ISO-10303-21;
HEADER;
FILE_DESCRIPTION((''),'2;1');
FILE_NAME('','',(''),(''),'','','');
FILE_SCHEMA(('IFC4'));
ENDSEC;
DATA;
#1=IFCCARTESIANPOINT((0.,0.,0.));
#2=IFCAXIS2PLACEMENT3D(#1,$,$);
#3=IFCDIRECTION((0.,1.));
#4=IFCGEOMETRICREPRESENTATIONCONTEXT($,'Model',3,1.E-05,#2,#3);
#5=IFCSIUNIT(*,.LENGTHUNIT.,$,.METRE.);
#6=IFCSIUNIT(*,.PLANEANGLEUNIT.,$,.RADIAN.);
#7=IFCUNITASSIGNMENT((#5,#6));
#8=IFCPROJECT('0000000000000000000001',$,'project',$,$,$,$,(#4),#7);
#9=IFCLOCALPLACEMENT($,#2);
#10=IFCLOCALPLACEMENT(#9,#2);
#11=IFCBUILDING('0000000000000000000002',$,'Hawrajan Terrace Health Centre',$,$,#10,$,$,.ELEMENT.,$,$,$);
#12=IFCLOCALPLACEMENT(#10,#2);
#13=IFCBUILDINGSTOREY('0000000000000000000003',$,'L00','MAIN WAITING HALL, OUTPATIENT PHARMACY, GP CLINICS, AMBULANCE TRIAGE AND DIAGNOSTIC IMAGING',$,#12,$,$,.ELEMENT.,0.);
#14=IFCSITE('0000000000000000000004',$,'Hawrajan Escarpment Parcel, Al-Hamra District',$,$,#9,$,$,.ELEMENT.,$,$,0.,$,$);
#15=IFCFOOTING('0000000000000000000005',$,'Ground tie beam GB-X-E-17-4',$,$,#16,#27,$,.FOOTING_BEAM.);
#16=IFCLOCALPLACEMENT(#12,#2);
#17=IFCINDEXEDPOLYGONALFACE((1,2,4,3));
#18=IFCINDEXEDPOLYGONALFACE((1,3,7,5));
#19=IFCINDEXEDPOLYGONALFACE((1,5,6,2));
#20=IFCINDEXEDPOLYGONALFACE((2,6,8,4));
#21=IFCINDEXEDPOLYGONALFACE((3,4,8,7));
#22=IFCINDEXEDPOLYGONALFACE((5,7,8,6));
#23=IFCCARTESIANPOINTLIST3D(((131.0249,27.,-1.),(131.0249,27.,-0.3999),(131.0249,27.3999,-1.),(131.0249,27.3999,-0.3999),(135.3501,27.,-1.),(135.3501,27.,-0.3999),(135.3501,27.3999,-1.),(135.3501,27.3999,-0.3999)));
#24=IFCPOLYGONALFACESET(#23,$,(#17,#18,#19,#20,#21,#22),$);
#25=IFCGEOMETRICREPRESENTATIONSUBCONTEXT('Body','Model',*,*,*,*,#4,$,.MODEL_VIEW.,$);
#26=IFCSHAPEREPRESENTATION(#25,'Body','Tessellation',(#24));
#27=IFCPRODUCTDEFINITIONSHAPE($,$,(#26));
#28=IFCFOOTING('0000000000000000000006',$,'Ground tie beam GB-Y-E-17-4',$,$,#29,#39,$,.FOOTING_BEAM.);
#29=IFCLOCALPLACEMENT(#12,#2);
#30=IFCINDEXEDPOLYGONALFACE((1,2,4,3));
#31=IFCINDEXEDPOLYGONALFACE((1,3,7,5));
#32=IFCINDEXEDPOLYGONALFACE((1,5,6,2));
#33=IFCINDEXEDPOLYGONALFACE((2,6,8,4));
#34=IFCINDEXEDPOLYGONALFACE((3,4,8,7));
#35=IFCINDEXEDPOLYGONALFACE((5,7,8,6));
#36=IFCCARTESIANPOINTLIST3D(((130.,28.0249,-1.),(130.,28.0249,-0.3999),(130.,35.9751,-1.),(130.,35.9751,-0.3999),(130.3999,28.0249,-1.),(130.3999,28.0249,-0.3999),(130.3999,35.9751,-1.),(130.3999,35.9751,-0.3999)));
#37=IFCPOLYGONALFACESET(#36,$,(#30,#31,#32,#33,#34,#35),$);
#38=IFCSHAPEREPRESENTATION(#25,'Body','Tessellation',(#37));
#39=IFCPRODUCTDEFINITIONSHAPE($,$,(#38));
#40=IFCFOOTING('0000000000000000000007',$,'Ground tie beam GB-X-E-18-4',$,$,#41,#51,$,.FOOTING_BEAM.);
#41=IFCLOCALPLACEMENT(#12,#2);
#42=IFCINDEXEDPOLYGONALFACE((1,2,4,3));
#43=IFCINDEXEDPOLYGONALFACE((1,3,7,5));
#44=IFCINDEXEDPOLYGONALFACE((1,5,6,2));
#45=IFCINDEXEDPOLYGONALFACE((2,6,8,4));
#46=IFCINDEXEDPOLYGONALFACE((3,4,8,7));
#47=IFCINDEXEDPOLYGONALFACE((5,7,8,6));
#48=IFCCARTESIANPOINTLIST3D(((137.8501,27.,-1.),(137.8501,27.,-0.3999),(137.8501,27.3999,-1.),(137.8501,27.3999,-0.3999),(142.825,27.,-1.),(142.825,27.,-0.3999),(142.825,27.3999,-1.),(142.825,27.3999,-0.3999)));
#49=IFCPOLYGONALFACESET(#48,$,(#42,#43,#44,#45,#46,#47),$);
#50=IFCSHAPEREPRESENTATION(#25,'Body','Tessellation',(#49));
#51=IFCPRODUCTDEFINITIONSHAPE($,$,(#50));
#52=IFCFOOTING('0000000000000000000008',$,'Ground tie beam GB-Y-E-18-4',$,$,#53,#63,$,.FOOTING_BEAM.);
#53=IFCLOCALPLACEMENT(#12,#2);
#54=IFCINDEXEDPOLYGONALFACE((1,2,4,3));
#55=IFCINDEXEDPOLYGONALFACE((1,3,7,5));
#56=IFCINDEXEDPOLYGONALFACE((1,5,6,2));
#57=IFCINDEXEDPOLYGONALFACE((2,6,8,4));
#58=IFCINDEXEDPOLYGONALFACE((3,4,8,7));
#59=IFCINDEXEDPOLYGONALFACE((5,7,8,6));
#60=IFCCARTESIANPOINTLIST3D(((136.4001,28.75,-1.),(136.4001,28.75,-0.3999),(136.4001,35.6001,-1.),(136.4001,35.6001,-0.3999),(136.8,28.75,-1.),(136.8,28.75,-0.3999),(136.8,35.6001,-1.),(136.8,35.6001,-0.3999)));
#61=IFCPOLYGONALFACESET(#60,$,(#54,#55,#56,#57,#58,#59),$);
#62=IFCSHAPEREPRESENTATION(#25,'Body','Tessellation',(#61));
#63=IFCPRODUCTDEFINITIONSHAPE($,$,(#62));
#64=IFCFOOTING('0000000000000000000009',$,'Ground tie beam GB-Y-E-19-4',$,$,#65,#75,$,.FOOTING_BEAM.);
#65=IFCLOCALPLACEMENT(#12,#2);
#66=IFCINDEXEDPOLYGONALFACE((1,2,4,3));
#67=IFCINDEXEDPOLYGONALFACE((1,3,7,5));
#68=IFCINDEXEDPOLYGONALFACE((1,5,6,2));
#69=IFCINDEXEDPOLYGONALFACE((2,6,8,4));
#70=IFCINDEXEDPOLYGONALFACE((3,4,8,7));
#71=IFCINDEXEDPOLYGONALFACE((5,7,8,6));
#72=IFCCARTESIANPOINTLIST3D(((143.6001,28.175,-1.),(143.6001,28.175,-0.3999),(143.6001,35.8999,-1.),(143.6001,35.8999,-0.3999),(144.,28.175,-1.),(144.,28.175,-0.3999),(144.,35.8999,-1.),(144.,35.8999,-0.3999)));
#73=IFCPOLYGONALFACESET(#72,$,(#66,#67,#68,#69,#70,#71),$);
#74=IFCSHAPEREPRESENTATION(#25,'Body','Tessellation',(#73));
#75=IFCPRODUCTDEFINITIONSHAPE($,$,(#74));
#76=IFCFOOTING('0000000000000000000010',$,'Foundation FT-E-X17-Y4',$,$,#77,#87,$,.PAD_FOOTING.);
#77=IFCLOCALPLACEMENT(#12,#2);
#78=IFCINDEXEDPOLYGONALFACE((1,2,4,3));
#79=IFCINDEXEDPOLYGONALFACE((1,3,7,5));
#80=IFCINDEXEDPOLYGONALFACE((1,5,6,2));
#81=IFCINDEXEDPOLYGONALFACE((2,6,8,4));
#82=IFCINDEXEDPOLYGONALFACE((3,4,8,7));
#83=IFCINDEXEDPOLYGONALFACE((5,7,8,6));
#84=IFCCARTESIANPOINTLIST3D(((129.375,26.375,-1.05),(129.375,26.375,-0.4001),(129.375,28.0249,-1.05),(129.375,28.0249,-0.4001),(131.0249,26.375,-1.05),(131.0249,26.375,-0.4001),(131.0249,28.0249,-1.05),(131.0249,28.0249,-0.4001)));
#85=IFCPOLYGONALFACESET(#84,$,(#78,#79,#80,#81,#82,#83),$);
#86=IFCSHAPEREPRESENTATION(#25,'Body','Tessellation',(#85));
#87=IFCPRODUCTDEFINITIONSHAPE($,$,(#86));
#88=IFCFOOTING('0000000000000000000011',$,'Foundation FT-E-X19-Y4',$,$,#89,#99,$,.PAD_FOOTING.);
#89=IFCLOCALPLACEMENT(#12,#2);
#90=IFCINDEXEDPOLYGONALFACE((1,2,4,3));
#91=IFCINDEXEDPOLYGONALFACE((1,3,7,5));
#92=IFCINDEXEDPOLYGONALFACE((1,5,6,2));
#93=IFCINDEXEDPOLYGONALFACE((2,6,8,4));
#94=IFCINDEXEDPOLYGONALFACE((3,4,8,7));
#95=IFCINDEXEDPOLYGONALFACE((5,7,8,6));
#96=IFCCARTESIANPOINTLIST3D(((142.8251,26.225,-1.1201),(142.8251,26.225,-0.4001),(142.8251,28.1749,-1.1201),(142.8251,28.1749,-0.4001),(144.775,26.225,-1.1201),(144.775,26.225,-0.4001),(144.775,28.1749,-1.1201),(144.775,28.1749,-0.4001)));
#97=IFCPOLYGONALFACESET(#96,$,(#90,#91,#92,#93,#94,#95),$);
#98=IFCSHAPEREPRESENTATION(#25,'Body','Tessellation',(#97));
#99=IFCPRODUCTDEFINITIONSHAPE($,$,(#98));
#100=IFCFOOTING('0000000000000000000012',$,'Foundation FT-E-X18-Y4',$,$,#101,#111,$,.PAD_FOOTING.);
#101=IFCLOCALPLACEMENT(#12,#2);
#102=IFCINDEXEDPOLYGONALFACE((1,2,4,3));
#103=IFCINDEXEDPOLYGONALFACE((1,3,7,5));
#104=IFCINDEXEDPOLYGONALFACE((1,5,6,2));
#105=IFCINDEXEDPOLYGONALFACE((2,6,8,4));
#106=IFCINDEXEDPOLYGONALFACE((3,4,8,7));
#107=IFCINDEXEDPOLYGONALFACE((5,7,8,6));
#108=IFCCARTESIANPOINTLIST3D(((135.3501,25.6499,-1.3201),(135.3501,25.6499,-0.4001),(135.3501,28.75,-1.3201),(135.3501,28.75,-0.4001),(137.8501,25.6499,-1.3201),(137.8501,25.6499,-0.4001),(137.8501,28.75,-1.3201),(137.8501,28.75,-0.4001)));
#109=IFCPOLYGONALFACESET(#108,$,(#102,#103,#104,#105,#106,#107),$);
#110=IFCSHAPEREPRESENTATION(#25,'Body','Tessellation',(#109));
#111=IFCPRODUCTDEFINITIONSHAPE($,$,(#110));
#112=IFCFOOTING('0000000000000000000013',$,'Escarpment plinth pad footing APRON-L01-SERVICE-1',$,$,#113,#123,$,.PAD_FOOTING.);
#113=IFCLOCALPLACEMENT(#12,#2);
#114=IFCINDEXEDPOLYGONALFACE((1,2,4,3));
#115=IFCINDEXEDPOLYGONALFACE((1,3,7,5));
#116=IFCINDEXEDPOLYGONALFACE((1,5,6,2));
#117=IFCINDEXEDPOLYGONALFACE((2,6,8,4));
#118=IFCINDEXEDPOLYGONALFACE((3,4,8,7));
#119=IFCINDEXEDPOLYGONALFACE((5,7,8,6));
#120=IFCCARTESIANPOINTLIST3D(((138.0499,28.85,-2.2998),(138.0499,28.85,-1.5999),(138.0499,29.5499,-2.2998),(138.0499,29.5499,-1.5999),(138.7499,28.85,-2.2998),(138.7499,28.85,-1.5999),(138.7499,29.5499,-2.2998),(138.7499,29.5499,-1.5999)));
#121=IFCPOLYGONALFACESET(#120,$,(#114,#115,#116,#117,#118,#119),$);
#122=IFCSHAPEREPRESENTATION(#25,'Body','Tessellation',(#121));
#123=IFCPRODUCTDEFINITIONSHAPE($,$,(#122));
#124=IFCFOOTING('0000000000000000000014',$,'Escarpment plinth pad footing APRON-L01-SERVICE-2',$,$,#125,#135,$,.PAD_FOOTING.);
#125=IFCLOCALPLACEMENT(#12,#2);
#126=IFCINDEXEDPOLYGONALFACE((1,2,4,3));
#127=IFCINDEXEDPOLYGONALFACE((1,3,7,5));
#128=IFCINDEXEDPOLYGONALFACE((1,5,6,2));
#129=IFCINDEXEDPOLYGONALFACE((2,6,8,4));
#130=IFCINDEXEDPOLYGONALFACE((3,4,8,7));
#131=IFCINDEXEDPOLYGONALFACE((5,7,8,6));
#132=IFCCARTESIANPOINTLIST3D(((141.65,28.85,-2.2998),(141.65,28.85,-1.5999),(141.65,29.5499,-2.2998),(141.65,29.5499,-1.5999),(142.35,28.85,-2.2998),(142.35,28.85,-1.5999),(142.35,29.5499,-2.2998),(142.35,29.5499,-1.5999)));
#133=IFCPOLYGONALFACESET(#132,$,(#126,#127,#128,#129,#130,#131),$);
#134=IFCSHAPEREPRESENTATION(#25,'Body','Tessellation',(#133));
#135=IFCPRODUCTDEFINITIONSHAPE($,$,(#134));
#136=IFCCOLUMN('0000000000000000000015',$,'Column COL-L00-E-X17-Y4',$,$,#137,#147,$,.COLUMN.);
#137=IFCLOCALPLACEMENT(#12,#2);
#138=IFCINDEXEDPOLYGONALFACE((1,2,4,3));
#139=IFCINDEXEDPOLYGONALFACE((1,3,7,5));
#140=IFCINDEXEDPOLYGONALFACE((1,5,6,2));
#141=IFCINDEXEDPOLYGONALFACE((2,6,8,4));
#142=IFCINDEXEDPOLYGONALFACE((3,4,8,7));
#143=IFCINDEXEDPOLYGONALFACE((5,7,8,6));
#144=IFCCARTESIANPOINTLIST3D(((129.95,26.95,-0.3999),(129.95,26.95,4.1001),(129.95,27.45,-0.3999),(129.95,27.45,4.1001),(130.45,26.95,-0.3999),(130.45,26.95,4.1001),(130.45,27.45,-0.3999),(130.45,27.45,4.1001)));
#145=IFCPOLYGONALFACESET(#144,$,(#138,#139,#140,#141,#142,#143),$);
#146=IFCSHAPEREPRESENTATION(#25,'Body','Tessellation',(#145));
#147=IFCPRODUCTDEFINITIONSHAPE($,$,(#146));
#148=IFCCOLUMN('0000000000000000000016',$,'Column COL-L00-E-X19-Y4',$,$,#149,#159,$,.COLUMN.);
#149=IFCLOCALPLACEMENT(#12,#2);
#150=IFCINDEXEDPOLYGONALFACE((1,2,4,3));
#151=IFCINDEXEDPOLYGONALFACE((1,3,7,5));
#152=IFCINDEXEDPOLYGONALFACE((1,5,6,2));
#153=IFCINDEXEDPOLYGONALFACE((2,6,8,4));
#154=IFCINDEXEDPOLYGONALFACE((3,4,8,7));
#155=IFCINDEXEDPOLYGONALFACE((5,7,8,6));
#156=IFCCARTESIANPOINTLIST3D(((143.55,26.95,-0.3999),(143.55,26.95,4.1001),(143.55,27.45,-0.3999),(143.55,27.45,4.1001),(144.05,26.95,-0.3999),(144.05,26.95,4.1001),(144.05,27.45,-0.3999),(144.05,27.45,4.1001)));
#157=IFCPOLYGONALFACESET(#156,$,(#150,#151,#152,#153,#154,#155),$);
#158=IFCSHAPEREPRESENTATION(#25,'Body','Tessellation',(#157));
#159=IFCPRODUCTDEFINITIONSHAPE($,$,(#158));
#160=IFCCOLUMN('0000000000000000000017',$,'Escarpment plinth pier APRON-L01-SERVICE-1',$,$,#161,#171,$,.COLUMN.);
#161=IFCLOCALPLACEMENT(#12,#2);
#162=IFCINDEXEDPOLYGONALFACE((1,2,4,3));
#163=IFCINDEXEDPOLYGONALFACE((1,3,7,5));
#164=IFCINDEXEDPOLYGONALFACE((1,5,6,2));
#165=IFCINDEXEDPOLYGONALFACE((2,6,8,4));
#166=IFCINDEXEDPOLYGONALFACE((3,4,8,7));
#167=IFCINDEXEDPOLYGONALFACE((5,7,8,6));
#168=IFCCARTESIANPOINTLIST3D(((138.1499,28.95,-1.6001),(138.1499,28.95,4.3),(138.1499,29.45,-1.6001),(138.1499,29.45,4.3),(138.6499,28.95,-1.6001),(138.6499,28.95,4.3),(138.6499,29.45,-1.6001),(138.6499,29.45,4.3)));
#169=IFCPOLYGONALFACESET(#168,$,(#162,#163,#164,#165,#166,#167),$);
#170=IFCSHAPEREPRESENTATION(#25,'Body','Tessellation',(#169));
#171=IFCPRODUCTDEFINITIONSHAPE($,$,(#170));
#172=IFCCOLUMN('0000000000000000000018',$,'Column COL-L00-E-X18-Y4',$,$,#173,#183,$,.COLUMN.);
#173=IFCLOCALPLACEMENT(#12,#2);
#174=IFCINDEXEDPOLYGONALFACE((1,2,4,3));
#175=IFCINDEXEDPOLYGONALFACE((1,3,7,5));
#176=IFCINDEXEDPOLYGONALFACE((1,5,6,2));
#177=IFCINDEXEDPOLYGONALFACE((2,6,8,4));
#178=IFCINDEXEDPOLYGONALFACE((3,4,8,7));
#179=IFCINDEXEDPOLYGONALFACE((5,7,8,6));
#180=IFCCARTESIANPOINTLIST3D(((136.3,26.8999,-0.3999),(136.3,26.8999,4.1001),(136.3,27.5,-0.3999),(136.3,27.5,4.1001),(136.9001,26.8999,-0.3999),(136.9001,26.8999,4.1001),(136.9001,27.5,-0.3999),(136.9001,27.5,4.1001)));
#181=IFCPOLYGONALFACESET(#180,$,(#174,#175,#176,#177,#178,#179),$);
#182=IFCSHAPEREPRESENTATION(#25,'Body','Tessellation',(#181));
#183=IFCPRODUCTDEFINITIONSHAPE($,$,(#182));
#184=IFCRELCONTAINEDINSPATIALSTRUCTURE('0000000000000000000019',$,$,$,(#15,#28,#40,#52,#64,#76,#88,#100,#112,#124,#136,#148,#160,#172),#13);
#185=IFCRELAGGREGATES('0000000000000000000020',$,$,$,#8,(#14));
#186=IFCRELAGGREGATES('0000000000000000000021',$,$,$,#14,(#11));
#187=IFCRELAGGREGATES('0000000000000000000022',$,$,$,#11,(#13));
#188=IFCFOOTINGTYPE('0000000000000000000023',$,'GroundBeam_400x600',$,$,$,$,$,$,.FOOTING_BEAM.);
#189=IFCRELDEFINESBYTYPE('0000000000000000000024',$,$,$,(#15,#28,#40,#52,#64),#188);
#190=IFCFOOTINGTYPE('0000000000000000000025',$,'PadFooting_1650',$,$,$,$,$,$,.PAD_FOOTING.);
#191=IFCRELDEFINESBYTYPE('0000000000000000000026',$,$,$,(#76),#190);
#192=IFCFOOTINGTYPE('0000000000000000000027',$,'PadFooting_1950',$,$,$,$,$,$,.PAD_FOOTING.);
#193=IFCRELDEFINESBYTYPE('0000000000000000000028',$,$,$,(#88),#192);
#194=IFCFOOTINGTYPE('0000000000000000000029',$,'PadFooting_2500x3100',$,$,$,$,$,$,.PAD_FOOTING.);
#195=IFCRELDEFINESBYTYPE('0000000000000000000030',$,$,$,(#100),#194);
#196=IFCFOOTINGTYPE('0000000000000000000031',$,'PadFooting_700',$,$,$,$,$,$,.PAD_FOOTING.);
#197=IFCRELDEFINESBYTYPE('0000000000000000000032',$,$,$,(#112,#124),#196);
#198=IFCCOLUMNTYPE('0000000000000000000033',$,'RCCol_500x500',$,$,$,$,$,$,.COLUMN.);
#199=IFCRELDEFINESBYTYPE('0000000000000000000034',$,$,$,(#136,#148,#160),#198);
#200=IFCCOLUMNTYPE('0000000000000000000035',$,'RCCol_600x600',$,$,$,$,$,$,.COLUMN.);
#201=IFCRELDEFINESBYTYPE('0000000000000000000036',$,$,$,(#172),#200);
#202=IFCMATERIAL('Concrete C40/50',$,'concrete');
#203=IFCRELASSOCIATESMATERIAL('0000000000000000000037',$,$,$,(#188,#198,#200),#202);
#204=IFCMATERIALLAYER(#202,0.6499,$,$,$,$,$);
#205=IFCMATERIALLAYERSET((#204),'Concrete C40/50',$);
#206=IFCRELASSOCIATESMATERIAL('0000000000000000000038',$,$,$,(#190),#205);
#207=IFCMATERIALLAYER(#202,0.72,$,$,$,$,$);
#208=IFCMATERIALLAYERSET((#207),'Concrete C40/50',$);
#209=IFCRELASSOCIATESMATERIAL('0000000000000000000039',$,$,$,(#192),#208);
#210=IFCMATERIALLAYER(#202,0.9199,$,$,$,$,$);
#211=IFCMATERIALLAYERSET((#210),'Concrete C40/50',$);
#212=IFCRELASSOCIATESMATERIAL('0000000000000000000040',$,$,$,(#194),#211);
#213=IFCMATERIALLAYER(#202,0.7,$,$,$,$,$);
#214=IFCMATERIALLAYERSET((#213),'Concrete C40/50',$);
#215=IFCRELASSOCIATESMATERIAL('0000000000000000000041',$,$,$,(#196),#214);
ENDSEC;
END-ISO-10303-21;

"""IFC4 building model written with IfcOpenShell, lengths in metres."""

from ifc_helpers import new_model, si_unit, direction, frame, origin, origin_2d, place, context, subcontext, project, spatial, rectangle, extrude, material, layer, layer_set, material_profile, profile_set, type_object, element, save


model = new_model("IFC4")

# Units and contexts
model_context = context("Model", 3, precision=1e-05, world=origin(), true_north=direction((0.0, 1.0)))
body_context = subcontext(model_context, "Body", "Model", "MODEL_VIEW")
ifc_project = project(units=[si_unit("LENGTHUNIT", "METRE"), si_unit("PLANEANGLEUNIT", "RADIAN")], contexts=[model_context])

# Site, building, storey
site_placement = place(None, origin())
site = spatial("IfcSite", under=ifc_project, at=site_placement, Name="Hawrajan Escarpment Parcel, Al-Hamra District", CompositionType="ELEMENT", RefElevation=0.0)
building_placement = place(site_placement, origin())
building = spatial("IfcBuilding", under=site, at=building_placement, Name="Hawrajan Terrace Health Centre", CompositionType="ELEMENT")
storey_placement = place(building_placement, origin())
storey = spatial("IfcBuildingStorey", under=building, at=storey_placement, Name="L00", Description="MAIN WAITING HALL, OUTPATIENT PHARMACY, GP CLINICS, AMBULANCE TRIAGE AND DIAGNOSTIC IMAGING", CompositionType="ELEMENT", Elevation=0.0)

# Footings
ifc_material_1 = material(Name="Concrete C40/50", Category="concrete")
ifc_material_profile_1 = material_profile(ifc_material_1, rectangle(XDim=0.3999, YDim=0.6001, at=origin_2d()), Name="RC BM 400x600")
ifc_profile_set_1 = profile_set([ifc_material_profile_1], Name="Concrete C40/50")
footing_type_1 = type_object("IfcFootingType", Name="GroundBeam_400x600", PredefinedType="FOOTING_BEAM", material=ifc_profile_set_1)
footing_1_placement = place(storey_placement, frame((131.0249, 27.2, -0.7), z_axis=(1.0, 0.0, 0.0), x_axis=(0.0, 1.0, 0.0)))
element("IfcFooting", 1, at=footing_1_placement, inside=storey, type_object=footing_type_1, Name="Ground tie beam GB-X-E-17-4", PredefinedType="FOOTING_BEAM", context=body_context, shape_type="SweptSolid", body=[
    extrude(rectangle(XDim=0.3999, YDim=0.6001, at=origin_2d()), origin(), (0.0, 0.0, 1.0), 4.3252),
])
footing_2_placement = place(storey_placement, frame((130.2, 28.0249, -0.7), z_axis=(0.0, 1.0, 0.0), x_axis=(-1.0, 0.0, 0.0)))
element("IfcFooting", 2, at=footing_2_placement, inside=storey, type_object=footing_type_1, Name="Ground tie beam GB-Y-E-17-4", PredefinedType="FOOTING_BEAM", context=body_context, shape_type="SweptSolid", body=[
    extrude(rectangle(XDim=0.3999, YDim=0.6001, at=origin_2d()), origin(), (0.0, 0.0, 1.0), 7.9502),
])
footing_3_placement = place(storey_placement, frame((137.8501, 27.2, -0.7), z_axis=(1.0, 0.0, 0.0), x_axis=(0.0, 1.0, 0.0)))
element("IfcFooting", 3, at=footing_3_placement, inside=storey, type_object=footing_type_1, Name="Ground tie beam GB-X-E-18-4", PredefinedType="FOOTING_BEAM", context=body_context, shape_type="SweptSolid", body=[
    extrude(rectangle(XDim=0.3999, YDim=0.6001, at=origin_2d()), origin(), (0.0, 0.0, 1.0), 4.9749),
])
footing_4_placement = place(storey_placement, frame((136.6001, 28.75, -0.7), z_axis=(0.0, 1.0, 0.0), x_axis=(-1.0, 0.0, 0.0)))
element("IfcFooting", 4, at=footing_4_placement, inside=storey, type_object=footing_type_1, Name="Ground tie beam GB-Y-E-18-4", PredefinedType="FOOTING_BEAM", context=body_context, shape_type="SweptSolid", body=[
    extrude(rectangle(XDim=0.3999, YDim=0.6001, at=origin_2d()), origin(), (0.0, 0.0, 1.0), 6.8501),
])
footing_5_placement = place(storey_placement, frame((143.8, 28.175, -0.7), z_axis=(0.0, 1.0, 0.0), x_axis=(-1.0, 0.0, 0.0)))
element("IfcFooting", 5, at=footing_5_placement, inside=storey, type_object=footing_type_1, Name="Ground tie beam GB-Y-E-19-4", PredefinedType="FOOTING_BEAM", context=body_context, shape_type="SweptSolid", body=[
    extrude(rectangle(XDim=0.3999, YDim=0.6001, at=origin_2d()), origin(), (0.0, 0.0, 1.0), 7.7249),
])
ifc_layer_1 = layer(ifc_material_1, 0.6499)
ifc_layer_set_1 = layer_set([ifc_layer_1], Name="Concrete C40/50")
footing_type_2 = type_object("IfcFootingType", Name="PadFooting_1650", PredefinedType="PAD_FOOTING", material=ifc_layer_set_1)
footing_6_placement = place(storey_placement, frame((130.2, 27.2, -1.05), z_axis=(0.0, 0.0, 1.0), x_axis=(1.0, 0.0, 0.0)))
element("IfcFooting", 6, at=footing_6_placement, inside=storey, type_object=footing_type_2, Name="Foundation FT-E-X17-Y4", PredefinedType="PAD_FOOTING", context=body_context, shape_type="SweptSolid", body=[
    extrude(rectangle(XDim=1.6499, YDim=1.6499, at=origin_2d()), origin(), (0.0, 0.0, 1.0), 0.6499),
])
ifc_layer_2 = layer(ifc_material_1, 0.72)
ifc_layer_set_2 = layer_set([ifc_layer_2], Name="Concrete C40/50")
footing_type_3 = type_object("IfcFootingType", Name="PadFooting_1950", PredefinedType="PAD_FOOTING", material=ifc_layer_set_2)
footing_7_placement = place(storey_placement, frame((143.8, 27.2, -1.1201), z_axis=(0.0, 0.0, 1.0), x_axis=(1.0, 0.0, 0.0)))
element("IfcFooting", 7, at=footing_7_placement, inside=storey, type_object=footing_type_3, Name="Foundation FT-E-X19-Y4", PredefinedType="PAD_FOOTING", context=body_context, shape_type="SweptSolid", body=[
    extrude(rectangle(XDim=1.95, YDim=1.95, at=origin_2d()), origin(), (0.0, 0.0, 1.0), 0.72),
])
ifc_layer_3 = layer(ifc_material_1, 0.9199)
ifc_layer_set_3 = layer_set([ifc_layer_3], Name="Concrete C40/50")
footing_type_4 = type_object("IfcFootingType", Name="PadFooting_2500x3100", PredefinedType="PAD_FOOTING", material=ifc_layer_set_3)
footing_8_placement = place(storey_placement, frame((136.6001, 27.2, -1.3201), z_axis=(0.0, 0.0, 1.0), x_axis=(1.0, 0.0, 0.0)))
element("IfcFooting", 8, at=footing_8_placement, inside=storey, type_object=footing_type_4, Name="Foundation FT-E-X18-Y4", PredefinedType="PAD_FOOTING", context=body_context, shape_type="SweptSolid", body=[
    extrude(rectangle(XDim=2.5, YDim=3.1001, at=origin_2d()), origin(), (0.0, 0.0, 1.0), 0.9199),
])
ifc_layer_4 = layer(ifc_material_1, 0.7)
ifc_layer_set_4 = layer_set([ifc_layer_4], Name="Concrete C40/50")
footing_type_5 = type_object("IfcFootingType", Name="PadFooting_700", PredefinedType="PAD_FOOTING", material=ifc_layer_set_4)
for number, where, z_axis, x_axis, name in (
    (9, (138.3999, 29.2, -2.2998), (0.0, 0.0, 1.0), (1.0, 0.0, 0.0), "Escarpment plinth pad footing APRON-L01-SERVICE-1"),
    (10, (142.0, 29.2, -2.2998), (0.0, 0.0, 1.0), (1.0, 0.0, 0.0), "Escarpment plinth pad footing APRON-L01-SERVICE-2"),
):
    element("IfcFooting", number, at=place(storey_placement, frame(where, z_axis=z_axis, x_axis=x_axis)), inside=storey, type_object=footing_type_5, Name=name, PredefinedType="PAD_FOOTING", context=body_context, shape_type="SweptSolid", body=[
        extrude(rectangle(XDim=0.7, YDim=0.7, at=origin_2d()), origin(), (0.0, 0.0, 1.0), 0.7),
    ])

# Columns
ifc_material_profile_2 = material_profile(ifc_material_1, rectangle(XDim=0.5, YDim=0.5, at=origin_2d()), Name="RC 500x500")
ifc_profile_set_2 = profile_set([ifc_material_profile_2], Name="Concrete C40/50")
column_type_1 = type_object("IfcColumnType", Name="RCCol_500x500", PredefinedType="COLUMN", material=ifc_profile_set_2)
for number, where, z_axis, x_axis, name in (
    (11, (130.2, 27.2, -0.3999), (0.0, 0.0, 1.0), (1.0, 0.0, 0.0), "Column COL-L00-E-X17-Y4"),
    (12, (143.8, 27.2, -0.3999), (0.0, 0.0, 1.0), (1.0, 0.0, 0.0), "Column COL-L00-E-X19-Y4"),
):
    element("IfcColumn", number, at=place(storey_placement, frame(where, z_axis=z_axis, x_axis=x_axis)), inside=storey, type_object=column_type_1, Name=name, PredefinedType="COLUMN", context=body_context, shape_type="SweptSolid", body=[
        extrude(rectangle(XDim=0.5, YDim=0.5, at=origin_2d()), origin(), (0.0, 0.0, 1.0), 4.5),
    ])
column_1_placement = place(storey_placement, frame((138.3999, 29.2, -1.6001), z_axis=(0.0, 0.0, 1.0), x_axis=(1.0, 0.0, 0.0)))
element("IfcColumn", 13, at=column_1_placement, inside=storey, type_object=column_type_1, Name="Escarpment plinth pier APRON-L01-SERVICE-1", PredefinedType="COLUMN", context=body_context, shape_type="SweptSolid", body=[
    extrude(rectangle(XDim=0.5, YDim=0.5, at=origin_2d()), origin(), (0.0, 0.0, 1.0), 5.9001),
])
ifc_material_profile_3 = material_profile(ifc_material_1, rectangle(XDim=0.6001, YDim=0.6001, at=origin_2d()), Name="RC 600x600")
ifc_profile_set_3 = profile_set([ifc_material_profile_3], Name="Concrete C40/50")
column_type_2 = type_object("IfcColumnType", Name="RCCol_600x600", PredefinedType="COLUMN", material=ifc_profile_set_3)
column_2_placement = place(storey_placement, frame((136.6001, 27.2, -0.3999), z_axis=(0.0, 0.0, 1.0), x_axis=(1.0, 0.0, 0.0)))
element("IfcColumn", 14, at=column_2_placement, inside=storey, type_object=column_type_2, Name="Column COL-L00-E-X18-Y4", PredefinedType="COLUMN", context=body_context, shape_type="SweptSolid", body=[
    extrude(rectangle(XDim=0.6001, YDim=0.6001, at=origin_2d()), origin(), (0.0, 0.0, 1.0), 4.5),
])

save(model, "model.ifc")
